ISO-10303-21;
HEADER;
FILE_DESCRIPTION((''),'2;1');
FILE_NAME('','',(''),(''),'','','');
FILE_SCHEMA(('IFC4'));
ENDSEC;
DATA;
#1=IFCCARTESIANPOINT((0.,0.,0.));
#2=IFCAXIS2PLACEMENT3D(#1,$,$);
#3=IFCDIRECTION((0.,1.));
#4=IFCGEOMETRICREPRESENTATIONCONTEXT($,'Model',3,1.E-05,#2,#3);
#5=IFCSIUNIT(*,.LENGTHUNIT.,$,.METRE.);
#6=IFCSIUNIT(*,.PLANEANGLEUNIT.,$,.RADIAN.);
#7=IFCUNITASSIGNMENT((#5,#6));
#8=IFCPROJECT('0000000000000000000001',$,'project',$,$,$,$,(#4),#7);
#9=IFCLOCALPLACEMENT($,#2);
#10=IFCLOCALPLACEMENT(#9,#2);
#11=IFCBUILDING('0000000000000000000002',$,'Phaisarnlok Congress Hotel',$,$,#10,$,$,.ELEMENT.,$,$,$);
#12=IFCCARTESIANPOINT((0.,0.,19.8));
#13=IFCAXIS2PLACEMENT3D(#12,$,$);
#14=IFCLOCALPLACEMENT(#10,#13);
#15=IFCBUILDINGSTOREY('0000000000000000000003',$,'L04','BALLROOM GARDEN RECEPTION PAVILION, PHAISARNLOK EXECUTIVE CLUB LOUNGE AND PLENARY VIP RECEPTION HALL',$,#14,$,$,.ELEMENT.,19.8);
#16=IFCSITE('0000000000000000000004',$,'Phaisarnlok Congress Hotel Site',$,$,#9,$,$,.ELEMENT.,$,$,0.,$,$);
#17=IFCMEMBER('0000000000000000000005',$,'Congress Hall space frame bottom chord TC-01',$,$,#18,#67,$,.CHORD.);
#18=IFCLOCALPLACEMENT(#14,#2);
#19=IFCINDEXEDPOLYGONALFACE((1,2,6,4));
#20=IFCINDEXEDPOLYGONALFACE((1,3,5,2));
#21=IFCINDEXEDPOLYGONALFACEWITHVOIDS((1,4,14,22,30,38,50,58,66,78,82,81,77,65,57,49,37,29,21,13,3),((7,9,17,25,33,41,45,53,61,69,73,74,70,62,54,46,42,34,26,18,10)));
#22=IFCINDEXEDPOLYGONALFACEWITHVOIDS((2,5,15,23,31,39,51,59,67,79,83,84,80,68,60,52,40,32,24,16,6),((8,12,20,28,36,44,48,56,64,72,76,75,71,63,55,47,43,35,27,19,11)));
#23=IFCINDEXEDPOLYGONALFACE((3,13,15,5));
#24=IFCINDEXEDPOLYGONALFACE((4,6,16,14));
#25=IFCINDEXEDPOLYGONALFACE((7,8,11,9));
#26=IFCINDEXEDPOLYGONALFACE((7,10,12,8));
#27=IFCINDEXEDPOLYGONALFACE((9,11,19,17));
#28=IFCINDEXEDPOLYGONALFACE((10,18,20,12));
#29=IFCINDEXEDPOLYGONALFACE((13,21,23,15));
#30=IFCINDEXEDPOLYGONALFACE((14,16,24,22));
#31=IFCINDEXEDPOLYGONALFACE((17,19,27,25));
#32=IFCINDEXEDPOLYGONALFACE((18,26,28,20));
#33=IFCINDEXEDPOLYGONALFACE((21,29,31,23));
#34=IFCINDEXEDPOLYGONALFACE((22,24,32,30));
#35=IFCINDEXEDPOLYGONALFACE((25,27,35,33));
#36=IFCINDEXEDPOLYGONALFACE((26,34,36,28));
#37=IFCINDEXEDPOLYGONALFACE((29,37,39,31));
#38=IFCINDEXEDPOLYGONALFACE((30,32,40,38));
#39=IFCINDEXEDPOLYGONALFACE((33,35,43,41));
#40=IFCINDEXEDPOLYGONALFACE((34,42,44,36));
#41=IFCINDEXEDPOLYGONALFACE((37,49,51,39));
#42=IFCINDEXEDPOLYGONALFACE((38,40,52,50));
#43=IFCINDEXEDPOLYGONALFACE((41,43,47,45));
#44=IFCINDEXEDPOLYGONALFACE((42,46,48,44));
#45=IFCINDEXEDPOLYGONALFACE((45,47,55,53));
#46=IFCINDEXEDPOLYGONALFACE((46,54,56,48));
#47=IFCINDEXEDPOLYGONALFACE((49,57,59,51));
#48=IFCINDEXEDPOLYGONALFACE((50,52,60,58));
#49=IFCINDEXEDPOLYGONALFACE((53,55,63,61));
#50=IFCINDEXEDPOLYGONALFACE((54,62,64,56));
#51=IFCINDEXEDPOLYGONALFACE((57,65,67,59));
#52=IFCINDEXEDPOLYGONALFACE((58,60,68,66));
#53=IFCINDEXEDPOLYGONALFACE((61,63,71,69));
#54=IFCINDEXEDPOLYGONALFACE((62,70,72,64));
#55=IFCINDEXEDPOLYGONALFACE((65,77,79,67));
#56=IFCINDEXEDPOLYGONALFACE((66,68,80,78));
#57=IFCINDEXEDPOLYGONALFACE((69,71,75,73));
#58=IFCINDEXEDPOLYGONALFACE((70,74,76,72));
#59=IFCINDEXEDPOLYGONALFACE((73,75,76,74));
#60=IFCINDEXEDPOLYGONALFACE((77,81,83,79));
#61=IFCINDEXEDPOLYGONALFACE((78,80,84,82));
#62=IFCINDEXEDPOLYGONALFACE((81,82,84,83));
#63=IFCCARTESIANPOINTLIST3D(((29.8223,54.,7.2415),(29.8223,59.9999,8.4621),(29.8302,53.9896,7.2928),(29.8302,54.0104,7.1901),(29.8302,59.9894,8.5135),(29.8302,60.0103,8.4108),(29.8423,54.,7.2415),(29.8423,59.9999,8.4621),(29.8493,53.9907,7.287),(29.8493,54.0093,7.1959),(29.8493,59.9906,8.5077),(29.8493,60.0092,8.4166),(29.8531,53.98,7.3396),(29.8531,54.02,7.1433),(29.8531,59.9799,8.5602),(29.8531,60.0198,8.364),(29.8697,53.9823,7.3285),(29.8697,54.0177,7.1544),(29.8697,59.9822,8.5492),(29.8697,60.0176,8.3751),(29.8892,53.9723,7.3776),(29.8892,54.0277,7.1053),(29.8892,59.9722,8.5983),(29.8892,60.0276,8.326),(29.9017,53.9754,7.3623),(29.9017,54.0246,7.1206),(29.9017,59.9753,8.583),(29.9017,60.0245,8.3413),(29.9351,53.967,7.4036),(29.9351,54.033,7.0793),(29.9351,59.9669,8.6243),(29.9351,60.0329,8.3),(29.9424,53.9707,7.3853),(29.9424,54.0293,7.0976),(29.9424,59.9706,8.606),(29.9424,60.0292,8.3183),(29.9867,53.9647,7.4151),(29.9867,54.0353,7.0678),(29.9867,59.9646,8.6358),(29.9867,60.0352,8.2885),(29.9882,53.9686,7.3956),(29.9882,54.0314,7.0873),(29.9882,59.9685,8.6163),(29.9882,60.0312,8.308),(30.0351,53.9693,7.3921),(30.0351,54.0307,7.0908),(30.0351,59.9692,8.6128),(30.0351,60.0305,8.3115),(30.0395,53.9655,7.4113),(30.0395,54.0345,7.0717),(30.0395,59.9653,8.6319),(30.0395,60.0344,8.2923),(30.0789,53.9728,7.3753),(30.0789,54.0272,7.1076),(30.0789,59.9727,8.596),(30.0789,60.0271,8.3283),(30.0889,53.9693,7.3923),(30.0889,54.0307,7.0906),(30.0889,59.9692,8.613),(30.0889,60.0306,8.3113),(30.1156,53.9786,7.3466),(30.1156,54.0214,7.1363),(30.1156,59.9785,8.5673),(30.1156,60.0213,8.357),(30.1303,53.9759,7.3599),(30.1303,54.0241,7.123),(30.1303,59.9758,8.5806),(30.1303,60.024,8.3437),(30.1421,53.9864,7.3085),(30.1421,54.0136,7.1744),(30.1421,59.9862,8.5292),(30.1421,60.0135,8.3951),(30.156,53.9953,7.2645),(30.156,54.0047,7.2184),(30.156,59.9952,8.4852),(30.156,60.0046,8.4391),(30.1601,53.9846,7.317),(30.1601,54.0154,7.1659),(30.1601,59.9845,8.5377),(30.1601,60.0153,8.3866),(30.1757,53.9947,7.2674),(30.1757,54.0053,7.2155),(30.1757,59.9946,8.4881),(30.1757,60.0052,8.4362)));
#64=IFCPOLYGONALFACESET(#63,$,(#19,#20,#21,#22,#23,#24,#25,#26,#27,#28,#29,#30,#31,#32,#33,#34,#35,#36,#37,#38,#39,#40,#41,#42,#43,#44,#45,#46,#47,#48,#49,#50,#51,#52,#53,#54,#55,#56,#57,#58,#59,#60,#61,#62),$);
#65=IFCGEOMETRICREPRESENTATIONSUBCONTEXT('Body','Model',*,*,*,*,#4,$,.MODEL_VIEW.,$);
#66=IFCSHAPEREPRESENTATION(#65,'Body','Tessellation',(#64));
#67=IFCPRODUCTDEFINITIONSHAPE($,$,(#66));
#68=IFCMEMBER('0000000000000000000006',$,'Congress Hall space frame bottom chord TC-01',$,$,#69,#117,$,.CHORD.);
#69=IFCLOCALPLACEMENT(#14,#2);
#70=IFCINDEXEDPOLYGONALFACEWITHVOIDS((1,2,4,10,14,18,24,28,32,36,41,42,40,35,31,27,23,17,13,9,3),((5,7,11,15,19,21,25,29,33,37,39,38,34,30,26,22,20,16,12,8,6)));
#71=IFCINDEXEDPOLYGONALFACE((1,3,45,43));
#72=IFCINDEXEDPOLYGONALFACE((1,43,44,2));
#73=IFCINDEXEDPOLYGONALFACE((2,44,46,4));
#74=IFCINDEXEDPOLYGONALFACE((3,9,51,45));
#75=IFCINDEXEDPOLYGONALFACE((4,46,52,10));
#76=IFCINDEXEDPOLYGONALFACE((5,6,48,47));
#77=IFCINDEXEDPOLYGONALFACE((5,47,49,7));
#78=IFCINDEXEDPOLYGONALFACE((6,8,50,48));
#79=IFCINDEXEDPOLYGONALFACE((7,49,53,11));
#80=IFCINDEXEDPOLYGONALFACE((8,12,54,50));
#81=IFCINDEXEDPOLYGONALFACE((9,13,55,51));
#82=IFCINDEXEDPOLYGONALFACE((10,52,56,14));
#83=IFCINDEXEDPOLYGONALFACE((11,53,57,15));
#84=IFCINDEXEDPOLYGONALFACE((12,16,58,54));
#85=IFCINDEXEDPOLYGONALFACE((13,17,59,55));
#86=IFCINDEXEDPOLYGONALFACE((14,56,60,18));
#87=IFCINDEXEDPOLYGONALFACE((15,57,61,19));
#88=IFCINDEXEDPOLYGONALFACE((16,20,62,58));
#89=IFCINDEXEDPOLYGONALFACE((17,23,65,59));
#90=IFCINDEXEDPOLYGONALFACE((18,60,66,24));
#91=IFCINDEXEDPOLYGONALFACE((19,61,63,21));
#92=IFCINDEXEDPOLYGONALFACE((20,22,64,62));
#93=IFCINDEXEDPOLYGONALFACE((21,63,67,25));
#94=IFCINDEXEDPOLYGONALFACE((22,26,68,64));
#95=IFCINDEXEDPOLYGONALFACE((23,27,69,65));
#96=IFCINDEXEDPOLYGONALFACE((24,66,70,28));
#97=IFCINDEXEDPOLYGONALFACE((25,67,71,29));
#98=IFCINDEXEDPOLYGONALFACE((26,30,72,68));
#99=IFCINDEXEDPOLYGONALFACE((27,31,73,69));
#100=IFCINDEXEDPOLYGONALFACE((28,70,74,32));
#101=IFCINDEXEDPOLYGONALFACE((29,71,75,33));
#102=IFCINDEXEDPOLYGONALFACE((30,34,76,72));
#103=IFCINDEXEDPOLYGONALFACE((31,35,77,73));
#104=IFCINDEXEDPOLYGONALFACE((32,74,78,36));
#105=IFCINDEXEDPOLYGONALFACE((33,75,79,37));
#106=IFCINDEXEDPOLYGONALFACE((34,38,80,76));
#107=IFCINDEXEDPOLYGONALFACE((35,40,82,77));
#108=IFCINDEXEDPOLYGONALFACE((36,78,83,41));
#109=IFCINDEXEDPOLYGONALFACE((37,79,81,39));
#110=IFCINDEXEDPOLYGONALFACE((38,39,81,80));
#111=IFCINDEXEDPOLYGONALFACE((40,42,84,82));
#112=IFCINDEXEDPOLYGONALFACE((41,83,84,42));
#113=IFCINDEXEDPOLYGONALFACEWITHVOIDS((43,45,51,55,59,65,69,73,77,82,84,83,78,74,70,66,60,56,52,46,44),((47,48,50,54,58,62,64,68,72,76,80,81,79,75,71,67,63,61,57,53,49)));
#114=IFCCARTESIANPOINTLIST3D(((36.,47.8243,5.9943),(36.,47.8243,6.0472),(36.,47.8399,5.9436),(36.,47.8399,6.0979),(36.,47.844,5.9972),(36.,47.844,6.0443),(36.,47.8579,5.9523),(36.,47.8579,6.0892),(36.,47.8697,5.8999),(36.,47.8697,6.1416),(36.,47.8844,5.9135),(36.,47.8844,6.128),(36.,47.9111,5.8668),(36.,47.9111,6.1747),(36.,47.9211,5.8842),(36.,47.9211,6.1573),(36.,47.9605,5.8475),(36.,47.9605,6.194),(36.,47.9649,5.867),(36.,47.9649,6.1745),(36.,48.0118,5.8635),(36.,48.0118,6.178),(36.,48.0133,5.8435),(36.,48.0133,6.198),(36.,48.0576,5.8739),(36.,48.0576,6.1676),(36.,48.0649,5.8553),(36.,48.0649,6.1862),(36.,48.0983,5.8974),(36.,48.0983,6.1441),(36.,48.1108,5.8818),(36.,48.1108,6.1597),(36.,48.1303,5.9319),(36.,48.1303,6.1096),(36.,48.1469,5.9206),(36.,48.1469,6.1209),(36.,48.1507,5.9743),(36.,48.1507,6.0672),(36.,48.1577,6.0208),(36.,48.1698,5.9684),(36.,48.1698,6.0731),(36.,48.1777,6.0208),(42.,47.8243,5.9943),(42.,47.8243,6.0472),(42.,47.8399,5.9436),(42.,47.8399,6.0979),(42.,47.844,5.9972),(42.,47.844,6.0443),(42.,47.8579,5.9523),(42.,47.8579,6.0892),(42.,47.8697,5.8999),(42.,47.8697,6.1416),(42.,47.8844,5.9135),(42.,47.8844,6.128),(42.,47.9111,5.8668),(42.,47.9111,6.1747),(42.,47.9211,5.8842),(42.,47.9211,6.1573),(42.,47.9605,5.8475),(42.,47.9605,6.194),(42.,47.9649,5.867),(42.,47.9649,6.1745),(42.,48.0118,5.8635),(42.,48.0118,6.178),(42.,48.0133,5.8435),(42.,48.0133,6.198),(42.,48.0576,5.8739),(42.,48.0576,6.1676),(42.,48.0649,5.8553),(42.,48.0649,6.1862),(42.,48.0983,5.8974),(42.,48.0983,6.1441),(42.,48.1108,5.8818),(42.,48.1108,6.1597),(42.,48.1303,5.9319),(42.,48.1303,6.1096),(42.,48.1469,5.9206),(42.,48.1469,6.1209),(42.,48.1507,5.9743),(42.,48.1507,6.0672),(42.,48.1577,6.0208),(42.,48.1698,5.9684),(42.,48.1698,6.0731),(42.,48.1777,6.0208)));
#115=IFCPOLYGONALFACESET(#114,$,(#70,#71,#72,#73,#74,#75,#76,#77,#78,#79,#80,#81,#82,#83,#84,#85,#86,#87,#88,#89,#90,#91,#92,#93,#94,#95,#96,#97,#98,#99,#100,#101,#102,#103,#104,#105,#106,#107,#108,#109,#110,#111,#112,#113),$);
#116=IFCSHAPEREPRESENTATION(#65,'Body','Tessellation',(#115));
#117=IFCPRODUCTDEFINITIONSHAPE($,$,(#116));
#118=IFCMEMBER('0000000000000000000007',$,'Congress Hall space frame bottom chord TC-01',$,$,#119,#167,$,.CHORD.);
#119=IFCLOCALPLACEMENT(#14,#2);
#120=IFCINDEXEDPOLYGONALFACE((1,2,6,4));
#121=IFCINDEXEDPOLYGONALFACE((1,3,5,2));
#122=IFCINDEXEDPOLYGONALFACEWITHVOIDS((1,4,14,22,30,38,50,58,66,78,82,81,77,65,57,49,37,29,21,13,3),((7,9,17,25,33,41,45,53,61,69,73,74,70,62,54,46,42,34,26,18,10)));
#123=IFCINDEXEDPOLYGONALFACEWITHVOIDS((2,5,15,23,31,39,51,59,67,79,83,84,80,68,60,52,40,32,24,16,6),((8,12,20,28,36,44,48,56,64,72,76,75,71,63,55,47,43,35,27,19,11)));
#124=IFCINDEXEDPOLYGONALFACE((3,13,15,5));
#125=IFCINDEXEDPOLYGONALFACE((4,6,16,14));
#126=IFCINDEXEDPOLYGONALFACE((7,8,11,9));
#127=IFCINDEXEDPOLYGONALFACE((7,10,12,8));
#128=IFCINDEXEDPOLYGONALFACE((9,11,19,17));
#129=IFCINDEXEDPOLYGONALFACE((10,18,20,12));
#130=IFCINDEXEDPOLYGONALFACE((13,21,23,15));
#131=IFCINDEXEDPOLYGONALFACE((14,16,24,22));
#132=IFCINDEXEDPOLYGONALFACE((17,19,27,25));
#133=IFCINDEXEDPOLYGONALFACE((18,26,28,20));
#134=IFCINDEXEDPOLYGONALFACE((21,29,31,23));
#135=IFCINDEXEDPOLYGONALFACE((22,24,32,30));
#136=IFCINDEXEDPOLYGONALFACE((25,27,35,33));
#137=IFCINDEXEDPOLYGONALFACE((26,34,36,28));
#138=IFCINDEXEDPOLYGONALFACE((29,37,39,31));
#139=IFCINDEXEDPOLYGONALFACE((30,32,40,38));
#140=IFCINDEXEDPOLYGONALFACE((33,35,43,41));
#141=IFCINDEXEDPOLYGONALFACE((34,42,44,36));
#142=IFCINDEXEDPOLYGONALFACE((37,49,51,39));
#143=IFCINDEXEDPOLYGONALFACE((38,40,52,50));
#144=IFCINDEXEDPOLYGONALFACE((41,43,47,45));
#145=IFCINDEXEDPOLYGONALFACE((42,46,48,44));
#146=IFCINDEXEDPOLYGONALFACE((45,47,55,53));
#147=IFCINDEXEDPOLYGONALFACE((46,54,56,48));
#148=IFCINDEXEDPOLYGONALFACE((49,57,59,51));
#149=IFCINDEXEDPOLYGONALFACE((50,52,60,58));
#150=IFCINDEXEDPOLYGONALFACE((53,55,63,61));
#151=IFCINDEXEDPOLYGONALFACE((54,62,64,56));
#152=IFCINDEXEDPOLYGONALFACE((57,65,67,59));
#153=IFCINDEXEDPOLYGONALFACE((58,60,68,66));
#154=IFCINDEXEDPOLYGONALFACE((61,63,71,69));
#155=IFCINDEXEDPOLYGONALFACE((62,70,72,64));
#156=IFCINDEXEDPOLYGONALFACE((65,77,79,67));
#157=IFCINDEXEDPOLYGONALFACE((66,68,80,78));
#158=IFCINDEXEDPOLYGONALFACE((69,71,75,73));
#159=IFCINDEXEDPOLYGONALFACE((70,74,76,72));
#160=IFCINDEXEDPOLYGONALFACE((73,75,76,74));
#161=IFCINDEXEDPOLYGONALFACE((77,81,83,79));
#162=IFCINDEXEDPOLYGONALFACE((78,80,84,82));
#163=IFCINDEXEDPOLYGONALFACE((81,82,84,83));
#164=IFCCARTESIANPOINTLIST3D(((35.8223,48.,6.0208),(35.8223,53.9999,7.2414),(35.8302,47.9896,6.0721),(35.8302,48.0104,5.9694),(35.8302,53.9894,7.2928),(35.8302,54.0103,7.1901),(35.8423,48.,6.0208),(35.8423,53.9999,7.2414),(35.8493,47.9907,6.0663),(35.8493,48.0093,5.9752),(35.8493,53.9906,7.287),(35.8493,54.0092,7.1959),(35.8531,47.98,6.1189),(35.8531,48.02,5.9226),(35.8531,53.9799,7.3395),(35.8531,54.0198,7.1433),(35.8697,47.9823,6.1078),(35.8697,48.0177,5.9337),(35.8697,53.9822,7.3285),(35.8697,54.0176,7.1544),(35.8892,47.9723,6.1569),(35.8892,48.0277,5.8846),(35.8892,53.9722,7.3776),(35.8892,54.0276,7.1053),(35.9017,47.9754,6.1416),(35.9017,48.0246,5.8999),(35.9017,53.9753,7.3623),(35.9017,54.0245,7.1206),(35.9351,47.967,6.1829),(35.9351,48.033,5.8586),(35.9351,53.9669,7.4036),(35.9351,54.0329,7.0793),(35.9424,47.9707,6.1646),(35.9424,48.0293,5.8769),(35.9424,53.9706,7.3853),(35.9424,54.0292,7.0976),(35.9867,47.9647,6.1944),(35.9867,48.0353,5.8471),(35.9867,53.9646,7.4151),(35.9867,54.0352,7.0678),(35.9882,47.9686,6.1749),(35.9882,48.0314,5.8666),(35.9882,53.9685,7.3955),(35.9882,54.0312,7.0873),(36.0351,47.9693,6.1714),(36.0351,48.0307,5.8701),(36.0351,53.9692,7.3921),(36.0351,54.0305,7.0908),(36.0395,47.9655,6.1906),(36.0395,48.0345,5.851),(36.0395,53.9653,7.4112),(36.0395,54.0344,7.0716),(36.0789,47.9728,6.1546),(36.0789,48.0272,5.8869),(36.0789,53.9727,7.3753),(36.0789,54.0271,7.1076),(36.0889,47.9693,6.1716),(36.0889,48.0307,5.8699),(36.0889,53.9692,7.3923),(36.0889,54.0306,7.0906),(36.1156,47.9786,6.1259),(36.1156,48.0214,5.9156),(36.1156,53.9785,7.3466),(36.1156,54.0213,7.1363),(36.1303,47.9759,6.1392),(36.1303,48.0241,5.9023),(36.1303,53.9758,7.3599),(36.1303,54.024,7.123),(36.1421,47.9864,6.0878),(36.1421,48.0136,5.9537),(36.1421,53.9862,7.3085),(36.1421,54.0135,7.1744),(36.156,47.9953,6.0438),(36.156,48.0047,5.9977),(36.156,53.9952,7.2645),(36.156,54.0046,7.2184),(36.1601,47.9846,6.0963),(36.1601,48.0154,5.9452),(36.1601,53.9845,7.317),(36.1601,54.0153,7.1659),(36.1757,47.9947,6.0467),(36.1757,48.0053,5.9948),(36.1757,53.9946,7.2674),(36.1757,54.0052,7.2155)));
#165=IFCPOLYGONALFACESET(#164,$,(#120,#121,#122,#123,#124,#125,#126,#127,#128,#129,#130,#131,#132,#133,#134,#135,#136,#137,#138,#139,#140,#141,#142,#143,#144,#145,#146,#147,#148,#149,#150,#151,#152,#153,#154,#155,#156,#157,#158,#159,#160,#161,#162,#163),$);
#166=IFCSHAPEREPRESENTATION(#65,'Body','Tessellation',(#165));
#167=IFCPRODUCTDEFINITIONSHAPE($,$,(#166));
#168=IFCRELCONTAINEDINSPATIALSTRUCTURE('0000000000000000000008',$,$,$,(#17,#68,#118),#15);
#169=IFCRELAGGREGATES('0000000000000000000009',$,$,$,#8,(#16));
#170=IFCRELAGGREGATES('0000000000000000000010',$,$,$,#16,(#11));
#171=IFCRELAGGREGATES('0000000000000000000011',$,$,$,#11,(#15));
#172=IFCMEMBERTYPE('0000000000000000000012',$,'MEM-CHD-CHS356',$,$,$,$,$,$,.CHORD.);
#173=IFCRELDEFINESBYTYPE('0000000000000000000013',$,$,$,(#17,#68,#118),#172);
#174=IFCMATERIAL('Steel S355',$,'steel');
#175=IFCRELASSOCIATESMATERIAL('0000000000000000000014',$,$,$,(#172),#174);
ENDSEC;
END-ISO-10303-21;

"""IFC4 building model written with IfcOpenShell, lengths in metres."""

from ifc_helpers import new_model, si_unit, direction, frame, origin, origin_2d, place, context, subcontext, project, spatial, hollow_circle, extrude, material, material_profile, profile_set, type_object, element, save


model = new_model("IFC4")

# Units and contexts
model_context = context("Model", 3, precision=1e-05, world=origin(), true_north=direction((0.0, 1.0)))
body_context = subcontext(model_context, "Body", "Model", "MODEL_VIEW")
ifc_project = project(units=[si_unit("LENGTHUNIT", "METRE"), si_unit("PLANEANGLEUNIT", "RADIAN")], contexts=[model_context])

# Site, building, storey
site_placement = place(None, origin())
site = spatial("IfcSite", under=ifc_project, at=site_placement, Name="Phaisarnlok Congress Hotel Site", CompositionType="ELEMENT", RefElevation=0.0)
building_placement = place(site_placement, origin())
building = spatial("IfcBuilding", under=site, at=building_placement, Name="Phaisarnlok Congress Hotel", CompositionType="ELEMENT")
storey_placement = place(building_placement, frame((0.0, 0.0, 19.8)))
storey = spatial("IfcBuildingStorey", under=building, at=storey_placement, Name="L04", Description="BALLROOM GARDEN RECEPTION PAVILION, PHAISARNLOK EXECUTIVE CLUB LOUNGE AND PLENARY VIP RECEPTION HALL", CompositionType="ELEMENT", Elevation=19.8)

# Members
ifc_material = material(Name="Steel S355", Category="steel")
ifc_material_profile_1 = material_profile(ifc_material, hollow_circle(Radius=0.1777, WallThickness=0.02, at=origin_2d()), Name="CHS 355.6x20")
ifc_profile_set_1 = profile_set([ifc_material_profile_1], Name="Steel S355")
member_type_1 = type_object("IfcMemberType", Name="MEM-CHD-CHS356", PredefinedType="CHORD", material=ifc_profile_set_1)
member_1_placement = place(storey_placement, frame((30.0, 54.0, 7.2415), z_axis=(0.0, 0.979925, 0.199366), x_axis=(-1.0, 0.0, 0.0)))
element("IfcMember", 1, at=member_1_placement, inside=storey, type_object=member_type_1, Name="Congress Hall space frame bottom chord TC-01", PredefinedType="CHORD", context=body_context, shape_type="SweptSolid", body=[
    extrude(hollow_circle(Radius=0.1777, WallThickness=0.02, at=origin_2d()), origin(), (0.0, 0.0, 1.0), 6.1228),
])
member_2_placement = place(storey_placement, frame((36.0, 48.0, 6.0208), z_axis=(1.0, 0.0, 0.0), x_axis=(0.0, 1.0, 0.0)))
element("IfcMember", 2, at=member_2_placement, inside=storey, type_object=member_type_1, Name="Congress Hall space frame bottom chord TC-01", PredefinedType="CHORD", context=body_context, shape_type="SweptSolid", body=[
    extrude(hollow_circle(Radius=0.1777, WallThickness=0.02, at=origin_2d()), origin(), (0.0, 0.0, 1.0), 6.0),
])
member_3_placement = place(storey_placement, frame((36.0, 48.0, 6.0208), z_axis=(0.0, 0.979925, 0.199366), x_axis=(-1.0, 0.0, 0.0)))
element("IfcMember", 3, at=member_3_placement, inside=storey, type_object=member_type_1, Name="Congress Hall space frame bottom chord TC-01", PredefinedType="CHORD", context=body_context, shape_type="SweptSolid", body=[
    extrude(hollow_circle(Radius=0.1777, WallThickness=0.02, at=origin_2d()), origin(), (0.0, 0.0, 1.0), 6.1228),
])

save(model, "model.ifc")
